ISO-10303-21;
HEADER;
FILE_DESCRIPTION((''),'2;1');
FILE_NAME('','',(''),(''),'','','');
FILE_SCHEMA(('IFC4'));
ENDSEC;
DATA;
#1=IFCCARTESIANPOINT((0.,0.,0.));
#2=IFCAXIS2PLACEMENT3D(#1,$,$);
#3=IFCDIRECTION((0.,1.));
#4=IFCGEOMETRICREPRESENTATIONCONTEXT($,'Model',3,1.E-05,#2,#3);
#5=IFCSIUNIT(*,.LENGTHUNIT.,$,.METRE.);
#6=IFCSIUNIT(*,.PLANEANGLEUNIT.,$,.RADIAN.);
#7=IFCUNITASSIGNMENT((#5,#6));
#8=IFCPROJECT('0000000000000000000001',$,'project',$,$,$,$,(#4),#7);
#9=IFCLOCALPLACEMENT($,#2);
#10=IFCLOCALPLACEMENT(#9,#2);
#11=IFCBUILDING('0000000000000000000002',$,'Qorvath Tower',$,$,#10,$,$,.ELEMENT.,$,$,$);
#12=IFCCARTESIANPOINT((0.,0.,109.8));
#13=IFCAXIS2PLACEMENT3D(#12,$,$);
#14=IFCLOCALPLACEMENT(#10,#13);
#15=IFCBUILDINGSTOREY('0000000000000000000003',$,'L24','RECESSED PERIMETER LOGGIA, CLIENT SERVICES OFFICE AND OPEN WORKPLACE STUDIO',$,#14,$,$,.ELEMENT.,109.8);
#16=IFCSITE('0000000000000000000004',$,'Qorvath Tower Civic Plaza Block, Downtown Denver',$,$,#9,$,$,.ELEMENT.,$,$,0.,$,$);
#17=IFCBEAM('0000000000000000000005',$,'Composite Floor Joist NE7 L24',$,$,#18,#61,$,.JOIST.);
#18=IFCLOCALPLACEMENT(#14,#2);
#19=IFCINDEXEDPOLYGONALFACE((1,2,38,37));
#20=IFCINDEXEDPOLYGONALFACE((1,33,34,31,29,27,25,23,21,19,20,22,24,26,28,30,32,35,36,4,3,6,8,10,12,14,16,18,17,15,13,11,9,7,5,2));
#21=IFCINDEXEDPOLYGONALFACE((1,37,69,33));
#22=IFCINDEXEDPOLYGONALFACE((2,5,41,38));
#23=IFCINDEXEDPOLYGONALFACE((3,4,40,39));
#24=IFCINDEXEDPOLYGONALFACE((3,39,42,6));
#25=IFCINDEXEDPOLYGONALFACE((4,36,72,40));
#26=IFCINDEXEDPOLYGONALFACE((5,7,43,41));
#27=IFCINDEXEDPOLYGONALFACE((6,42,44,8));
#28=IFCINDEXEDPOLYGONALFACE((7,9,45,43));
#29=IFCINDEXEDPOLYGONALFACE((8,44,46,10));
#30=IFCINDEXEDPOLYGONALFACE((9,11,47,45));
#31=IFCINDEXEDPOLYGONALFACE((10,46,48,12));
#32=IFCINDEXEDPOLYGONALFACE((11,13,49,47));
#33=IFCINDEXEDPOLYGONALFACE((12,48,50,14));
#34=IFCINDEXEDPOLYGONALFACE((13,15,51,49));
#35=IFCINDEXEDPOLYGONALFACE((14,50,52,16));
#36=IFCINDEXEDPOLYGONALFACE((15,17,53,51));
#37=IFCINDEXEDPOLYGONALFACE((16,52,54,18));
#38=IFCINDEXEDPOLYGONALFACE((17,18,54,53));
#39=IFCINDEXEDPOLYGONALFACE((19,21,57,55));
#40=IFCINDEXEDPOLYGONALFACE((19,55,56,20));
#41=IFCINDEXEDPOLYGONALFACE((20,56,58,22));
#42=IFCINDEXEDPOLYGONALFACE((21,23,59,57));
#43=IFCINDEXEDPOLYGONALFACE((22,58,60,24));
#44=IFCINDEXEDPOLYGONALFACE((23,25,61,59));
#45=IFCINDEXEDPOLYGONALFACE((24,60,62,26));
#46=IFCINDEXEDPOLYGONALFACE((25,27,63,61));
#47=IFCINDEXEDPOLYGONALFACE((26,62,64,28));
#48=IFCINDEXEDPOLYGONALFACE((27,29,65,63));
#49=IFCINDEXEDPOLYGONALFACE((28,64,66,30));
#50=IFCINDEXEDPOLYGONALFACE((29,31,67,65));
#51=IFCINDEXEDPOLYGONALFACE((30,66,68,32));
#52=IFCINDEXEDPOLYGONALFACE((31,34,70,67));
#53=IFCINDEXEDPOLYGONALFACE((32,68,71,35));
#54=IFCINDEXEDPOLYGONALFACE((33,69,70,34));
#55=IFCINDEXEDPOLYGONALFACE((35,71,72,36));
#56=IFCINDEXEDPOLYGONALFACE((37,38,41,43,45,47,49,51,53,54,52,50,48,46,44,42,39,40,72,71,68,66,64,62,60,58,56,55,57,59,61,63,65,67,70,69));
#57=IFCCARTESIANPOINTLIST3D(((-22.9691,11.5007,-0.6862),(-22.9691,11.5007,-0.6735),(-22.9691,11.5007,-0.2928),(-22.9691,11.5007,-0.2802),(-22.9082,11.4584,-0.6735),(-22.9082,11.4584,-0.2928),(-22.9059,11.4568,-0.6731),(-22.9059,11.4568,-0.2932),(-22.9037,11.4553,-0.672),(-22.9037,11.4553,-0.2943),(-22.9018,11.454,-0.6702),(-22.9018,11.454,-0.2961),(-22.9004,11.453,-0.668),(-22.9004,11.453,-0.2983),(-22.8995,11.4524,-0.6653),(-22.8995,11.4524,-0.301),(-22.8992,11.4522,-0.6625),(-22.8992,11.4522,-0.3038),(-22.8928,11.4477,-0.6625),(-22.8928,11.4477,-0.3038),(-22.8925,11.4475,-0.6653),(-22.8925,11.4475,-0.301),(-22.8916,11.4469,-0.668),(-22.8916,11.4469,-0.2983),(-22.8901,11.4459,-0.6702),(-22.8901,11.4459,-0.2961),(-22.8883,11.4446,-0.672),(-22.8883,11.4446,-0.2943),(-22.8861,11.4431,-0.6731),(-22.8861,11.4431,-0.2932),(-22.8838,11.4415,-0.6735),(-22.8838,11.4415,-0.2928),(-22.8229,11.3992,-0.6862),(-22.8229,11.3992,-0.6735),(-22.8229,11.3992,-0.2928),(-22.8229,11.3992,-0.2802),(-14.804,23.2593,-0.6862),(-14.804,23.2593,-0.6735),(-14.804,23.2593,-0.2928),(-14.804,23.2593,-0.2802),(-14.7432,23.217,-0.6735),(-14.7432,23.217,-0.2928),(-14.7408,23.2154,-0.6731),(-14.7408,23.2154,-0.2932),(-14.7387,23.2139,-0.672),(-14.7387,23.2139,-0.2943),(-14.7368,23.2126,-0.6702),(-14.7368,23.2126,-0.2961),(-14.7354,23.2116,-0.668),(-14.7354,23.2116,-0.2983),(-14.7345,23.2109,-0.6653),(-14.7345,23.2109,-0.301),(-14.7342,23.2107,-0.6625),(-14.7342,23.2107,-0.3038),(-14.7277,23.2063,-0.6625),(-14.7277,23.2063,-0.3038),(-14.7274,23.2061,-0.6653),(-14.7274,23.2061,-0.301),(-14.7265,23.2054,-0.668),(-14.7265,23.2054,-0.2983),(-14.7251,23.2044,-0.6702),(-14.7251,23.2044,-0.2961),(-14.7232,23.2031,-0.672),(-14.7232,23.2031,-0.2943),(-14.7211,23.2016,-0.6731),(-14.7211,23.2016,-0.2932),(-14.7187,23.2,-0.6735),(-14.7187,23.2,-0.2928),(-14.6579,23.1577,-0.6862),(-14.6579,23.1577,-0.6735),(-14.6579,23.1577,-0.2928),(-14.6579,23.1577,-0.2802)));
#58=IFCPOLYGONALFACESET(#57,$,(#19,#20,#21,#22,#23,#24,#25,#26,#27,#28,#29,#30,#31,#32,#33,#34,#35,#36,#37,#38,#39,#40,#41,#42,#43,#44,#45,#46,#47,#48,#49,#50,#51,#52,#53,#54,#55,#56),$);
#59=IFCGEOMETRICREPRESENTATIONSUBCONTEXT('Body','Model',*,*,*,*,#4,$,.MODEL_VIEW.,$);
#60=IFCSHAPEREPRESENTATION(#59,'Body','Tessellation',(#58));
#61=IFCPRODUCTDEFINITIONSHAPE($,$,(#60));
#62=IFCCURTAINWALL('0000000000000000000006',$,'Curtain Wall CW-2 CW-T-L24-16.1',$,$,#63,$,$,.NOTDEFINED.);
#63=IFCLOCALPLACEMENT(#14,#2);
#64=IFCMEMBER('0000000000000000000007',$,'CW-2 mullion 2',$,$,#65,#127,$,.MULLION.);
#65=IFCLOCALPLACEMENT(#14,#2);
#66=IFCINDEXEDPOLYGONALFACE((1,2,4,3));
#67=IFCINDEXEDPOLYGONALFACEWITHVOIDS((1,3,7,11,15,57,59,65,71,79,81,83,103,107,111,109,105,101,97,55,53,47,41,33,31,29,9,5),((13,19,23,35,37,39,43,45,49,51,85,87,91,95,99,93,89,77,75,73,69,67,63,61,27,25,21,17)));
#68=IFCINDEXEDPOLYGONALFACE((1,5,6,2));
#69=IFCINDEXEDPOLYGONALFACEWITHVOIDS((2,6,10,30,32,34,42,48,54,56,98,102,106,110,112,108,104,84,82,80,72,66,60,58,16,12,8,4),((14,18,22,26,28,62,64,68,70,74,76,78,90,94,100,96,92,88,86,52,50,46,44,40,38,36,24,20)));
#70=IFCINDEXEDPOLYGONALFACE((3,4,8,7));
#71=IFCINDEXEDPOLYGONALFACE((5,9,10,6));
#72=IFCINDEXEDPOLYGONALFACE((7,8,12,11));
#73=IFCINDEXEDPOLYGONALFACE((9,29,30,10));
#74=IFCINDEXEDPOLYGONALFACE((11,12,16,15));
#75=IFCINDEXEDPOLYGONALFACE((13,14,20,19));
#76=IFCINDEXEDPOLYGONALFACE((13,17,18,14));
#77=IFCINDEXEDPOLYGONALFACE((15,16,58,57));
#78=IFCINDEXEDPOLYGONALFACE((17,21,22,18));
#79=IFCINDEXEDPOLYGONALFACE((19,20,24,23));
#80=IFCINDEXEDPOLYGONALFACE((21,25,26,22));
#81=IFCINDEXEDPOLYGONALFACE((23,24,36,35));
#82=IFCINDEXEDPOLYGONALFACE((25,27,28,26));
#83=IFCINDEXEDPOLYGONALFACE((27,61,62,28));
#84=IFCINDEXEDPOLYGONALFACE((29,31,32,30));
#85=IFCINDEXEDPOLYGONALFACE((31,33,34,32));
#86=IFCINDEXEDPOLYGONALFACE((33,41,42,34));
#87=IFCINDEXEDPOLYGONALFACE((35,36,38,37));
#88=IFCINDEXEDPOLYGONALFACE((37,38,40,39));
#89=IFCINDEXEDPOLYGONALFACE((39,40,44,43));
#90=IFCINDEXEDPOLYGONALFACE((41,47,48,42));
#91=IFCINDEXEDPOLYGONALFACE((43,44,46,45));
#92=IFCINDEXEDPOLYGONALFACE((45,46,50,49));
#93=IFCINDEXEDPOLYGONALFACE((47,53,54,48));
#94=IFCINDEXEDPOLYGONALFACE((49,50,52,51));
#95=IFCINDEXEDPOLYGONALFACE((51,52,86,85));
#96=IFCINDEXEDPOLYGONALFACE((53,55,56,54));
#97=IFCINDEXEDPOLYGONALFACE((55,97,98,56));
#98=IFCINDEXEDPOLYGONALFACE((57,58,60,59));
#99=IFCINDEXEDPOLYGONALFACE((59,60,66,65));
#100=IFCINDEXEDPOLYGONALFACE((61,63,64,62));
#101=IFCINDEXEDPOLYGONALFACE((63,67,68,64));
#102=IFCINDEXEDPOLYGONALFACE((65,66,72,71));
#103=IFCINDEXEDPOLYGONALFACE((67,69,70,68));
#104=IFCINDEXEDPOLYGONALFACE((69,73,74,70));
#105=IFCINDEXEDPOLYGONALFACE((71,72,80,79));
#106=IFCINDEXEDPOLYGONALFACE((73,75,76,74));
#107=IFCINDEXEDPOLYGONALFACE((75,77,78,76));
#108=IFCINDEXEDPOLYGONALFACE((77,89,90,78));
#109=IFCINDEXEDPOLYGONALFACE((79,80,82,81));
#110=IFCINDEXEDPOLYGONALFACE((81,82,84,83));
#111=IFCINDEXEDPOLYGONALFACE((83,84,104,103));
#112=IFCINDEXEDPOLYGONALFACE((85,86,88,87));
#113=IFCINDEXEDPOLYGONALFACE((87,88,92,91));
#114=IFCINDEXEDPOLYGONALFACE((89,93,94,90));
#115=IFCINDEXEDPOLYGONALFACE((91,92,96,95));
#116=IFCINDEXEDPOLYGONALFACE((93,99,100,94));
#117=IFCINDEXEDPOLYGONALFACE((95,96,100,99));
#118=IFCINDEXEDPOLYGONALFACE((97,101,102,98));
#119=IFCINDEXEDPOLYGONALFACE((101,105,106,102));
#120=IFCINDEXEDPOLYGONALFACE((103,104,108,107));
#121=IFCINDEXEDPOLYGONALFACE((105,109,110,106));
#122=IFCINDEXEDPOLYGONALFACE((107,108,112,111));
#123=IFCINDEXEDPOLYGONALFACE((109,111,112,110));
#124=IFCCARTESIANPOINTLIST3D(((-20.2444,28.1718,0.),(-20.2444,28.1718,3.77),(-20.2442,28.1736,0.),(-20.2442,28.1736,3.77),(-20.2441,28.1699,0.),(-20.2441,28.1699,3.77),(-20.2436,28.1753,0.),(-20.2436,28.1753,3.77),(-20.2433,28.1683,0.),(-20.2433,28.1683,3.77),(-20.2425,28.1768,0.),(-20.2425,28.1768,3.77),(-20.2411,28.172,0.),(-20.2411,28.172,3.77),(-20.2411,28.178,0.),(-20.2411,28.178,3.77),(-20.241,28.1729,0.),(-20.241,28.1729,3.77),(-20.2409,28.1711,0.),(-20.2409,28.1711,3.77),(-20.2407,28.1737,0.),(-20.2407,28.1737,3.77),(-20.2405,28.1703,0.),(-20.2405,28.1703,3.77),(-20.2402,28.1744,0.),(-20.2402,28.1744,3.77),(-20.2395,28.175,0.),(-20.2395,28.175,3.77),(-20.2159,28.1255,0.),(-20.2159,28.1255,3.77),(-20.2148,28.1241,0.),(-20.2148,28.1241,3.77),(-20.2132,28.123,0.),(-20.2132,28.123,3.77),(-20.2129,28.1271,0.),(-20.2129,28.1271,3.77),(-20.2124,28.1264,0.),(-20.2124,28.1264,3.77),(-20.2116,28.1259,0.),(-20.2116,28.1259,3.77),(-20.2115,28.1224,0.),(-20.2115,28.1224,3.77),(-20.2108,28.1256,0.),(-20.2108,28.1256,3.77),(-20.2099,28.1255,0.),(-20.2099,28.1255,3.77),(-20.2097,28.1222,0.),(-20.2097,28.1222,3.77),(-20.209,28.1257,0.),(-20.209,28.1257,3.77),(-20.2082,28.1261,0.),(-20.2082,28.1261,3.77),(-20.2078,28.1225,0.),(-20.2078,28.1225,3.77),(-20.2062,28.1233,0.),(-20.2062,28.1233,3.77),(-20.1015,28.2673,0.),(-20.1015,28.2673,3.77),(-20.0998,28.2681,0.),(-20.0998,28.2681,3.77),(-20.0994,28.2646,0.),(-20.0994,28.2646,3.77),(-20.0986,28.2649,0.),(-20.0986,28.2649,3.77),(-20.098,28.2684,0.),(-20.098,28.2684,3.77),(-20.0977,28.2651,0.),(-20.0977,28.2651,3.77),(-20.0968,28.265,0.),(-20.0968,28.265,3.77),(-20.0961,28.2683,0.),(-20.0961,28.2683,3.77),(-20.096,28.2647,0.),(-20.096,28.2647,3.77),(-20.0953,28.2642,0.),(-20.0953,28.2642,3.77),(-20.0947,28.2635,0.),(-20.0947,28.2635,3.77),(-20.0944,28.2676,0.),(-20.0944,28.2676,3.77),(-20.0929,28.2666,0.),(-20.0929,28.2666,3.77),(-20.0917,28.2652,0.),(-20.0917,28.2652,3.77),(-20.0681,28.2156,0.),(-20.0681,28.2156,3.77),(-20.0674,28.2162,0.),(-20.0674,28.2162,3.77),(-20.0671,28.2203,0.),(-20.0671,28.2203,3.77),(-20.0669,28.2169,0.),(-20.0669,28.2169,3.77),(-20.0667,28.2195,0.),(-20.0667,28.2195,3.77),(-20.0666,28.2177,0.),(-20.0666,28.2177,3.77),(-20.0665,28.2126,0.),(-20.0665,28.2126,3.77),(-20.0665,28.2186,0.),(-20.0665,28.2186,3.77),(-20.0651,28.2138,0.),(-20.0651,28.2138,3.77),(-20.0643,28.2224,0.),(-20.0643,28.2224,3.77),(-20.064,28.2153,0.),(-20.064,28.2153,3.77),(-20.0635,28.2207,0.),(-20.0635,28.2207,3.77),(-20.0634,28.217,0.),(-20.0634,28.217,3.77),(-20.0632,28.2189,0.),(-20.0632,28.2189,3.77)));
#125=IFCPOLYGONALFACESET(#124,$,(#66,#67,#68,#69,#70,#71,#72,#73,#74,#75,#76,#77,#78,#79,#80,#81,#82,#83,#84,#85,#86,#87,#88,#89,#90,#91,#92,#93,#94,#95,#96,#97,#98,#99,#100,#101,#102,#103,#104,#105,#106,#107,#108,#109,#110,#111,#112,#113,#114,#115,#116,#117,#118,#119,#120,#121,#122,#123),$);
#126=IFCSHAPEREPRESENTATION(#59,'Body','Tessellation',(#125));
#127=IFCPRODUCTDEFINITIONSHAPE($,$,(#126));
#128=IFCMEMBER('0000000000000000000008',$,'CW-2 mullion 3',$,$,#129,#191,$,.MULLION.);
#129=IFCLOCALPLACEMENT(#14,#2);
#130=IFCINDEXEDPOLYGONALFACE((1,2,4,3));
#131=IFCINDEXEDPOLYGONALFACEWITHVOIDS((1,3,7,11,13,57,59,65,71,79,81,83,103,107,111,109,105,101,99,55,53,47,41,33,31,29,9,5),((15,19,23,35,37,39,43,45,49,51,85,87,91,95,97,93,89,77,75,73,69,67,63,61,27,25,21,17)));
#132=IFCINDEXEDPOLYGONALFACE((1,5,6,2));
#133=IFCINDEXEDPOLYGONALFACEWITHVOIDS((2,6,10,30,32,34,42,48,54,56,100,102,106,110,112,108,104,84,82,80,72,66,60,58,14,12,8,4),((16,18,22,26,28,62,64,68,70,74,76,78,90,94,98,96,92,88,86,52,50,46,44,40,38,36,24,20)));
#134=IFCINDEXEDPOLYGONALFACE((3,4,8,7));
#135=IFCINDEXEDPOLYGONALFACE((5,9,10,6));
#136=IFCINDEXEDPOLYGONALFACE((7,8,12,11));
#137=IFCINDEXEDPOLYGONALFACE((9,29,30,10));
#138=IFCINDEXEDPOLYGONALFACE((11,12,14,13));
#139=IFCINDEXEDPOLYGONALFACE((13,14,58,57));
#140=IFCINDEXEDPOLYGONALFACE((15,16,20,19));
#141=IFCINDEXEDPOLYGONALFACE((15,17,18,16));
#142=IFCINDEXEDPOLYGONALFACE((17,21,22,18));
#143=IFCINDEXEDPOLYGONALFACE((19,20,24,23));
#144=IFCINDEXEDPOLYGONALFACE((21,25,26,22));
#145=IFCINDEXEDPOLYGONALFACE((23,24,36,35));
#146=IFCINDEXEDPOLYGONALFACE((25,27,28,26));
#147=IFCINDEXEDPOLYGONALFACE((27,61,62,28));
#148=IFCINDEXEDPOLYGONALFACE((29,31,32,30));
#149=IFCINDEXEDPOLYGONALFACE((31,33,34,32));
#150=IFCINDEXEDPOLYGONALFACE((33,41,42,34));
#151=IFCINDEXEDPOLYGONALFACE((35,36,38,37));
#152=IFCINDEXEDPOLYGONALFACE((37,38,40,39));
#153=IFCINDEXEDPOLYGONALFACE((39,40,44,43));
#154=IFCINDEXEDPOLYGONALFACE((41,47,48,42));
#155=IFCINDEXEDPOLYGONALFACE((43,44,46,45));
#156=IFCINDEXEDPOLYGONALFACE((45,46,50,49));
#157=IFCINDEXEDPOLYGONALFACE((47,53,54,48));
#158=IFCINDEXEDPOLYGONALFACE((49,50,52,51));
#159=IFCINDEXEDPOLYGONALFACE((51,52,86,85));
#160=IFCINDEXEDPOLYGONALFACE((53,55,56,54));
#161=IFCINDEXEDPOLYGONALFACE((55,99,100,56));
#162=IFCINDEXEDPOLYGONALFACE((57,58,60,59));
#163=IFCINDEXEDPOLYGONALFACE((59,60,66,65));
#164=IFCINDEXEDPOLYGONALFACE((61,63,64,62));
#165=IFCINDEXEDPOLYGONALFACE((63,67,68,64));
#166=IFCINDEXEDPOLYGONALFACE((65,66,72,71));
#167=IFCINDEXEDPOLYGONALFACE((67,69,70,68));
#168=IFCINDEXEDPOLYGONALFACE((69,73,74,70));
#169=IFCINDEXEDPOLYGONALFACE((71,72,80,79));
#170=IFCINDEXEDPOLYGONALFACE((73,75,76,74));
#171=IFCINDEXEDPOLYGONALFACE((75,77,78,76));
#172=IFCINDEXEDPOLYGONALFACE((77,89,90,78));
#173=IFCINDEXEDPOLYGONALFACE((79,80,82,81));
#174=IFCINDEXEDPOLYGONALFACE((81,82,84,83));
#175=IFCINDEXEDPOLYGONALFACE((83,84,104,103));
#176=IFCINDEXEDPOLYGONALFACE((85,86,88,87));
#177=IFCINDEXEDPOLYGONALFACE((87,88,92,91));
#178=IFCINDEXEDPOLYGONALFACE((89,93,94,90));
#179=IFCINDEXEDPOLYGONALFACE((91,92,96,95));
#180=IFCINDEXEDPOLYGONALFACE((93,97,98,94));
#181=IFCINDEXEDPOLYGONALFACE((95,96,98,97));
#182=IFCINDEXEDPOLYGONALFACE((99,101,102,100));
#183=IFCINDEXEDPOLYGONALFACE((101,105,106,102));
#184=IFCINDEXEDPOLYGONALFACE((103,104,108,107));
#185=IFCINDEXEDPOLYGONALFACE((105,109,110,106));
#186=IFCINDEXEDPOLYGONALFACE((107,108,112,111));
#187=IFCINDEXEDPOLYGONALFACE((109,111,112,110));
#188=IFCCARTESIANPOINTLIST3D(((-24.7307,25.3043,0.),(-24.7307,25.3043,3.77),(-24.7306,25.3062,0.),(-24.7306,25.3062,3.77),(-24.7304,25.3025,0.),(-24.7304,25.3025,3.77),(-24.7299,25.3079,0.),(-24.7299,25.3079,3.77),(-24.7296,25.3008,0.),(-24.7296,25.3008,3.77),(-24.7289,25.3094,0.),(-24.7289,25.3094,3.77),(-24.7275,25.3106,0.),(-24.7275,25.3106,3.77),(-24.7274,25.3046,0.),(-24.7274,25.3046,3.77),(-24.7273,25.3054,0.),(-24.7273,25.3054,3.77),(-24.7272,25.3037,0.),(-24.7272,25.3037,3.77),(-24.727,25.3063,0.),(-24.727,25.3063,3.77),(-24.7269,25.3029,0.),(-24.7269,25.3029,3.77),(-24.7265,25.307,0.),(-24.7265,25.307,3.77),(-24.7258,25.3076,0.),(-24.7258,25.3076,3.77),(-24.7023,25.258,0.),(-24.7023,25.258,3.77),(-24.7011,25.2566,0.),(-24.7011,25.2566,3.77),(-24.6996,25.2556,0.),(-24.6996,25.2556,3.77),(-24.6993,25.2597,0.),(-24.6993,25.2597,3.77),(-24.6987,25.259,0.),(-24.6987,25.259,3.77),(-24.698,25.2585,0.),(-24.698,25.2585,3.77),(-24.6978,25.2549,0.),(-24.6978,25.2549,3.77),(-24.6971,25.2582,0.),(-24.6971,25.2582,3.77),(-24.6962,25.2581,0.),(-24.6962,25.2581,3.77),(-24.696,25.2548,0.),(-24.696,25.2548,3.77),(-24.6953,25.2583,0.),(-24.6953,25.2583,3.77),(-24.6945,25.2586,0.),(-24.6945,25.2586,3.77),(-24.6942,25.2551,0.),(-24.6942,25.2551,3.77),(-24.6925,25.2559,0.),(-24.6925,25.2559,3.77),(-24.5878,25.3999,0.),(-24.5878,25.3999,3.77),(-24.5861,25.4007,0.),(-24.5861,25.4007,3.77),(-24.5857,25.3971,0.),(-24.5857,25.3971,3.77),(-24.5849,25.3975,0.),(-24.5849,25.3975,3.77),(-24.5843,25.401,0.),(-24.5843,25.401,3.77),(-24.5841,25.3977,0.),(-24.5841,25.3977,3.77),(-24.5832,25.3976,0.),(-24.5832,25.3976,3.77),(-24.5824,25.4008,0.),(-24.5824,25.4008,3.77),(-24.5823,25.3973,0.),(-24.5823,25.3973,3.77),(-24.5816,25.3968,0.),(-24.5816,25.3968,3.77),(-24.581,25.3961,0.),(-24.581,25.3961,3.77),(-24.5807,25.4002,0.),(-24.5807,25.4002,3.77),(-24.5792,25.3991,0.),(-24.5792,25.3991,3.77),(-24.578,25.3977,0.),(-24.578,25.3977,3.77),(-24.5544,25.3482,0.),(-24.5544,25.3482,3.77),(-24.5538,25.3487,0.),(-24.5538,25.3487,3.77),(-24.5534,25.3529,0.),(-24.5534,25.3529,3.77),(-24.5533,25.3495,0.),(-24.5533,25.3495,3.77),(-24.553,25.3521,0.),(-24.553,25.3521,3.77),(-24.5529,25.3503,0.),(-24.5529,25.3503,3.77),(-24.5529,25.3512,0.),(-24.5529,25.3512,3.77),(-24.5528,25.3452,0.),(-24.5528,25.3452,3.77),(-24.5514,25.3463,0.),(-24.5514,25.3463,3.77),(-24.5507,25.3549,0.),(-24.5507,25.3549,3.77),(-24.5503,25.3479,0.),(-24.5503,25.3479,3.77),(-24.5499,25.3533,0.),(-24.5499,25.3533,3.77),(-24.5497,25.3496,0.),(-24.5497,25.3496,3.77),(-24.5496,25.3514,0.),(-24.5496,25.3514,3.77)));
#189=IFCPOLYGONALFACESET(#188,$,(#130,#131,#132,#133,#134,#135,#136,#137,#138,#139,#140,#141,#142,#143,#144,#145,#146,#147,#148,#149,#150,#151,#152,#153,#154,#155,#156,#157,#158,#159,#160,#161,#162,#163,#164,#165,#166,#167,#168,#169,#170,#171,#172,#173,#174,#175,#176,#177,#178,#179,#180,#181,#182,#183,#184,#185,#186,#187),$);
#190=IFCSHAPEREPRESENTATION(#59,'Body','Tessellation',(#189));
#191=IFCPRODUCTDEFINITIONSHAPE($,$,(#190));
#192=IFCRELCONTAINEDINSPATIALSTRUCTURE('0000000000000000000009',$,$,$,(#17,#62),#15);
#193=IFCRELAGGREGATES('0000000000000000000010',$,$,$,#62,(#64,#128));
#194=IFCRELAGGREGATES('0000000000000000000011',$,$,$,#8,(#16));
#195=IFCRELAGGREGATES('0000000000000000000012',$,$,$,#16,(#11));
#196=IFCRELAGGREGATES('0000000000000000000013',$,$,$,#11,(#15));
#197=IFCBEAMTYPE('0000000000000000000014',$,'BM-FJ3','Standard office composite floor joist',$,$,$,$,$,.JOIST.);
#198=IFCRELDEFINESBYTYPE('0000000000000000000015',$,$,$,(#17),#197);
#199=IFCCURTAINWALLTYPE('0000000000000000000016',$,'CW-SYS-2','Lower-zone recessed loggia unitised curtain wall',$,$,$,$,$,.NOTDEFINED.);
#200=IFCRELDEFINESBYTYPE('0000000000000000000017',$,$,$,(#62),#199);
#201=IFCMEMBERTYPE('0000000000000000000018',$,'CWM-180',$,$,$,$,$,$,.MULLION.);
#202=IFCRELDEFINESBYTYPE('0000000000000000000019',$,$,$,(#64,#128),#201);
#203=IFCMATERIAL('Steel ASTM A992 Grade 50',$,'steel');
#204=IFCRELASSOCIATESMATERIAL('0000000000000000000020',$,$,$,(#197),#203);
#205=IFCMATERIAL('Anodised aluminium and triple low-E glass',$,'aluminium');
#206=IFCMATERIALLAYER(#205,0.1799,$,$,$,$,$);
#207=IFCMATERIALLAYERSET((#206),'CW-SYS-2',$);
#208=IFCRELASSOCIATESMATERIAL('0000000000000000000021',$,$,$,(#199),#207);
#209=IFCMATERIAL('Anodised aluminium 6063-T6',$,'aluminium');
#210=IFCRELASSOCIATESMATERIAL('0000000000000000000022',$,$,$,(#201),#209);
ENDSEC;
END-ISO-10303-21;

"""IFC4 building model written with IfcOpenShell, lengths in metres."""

from ifc_helpers import new_model, si_unit, direction, frame, origin, origin_2d, place, context, subcontext, project, spatial, hollow_rectangle, i_section, extrude, material, layer, layer_set, material_profile, profile_set, type_object, element, aggregate, save


model = new_model("IFC4")

# Units and contexts
model_context = context("Model", 3, precision=1e-05, world=origin(), true_north=direction((0.0, 1.0)))
body_context = subcontext(model_context, "Body", "Model", "MODEL_VIEW")
ifc_project = project(units=[si_unit("LENGTHUNIT", "METRE"), si_unit("PLANEANGLEUNIT", "RADIAN")], contexts=[model_context])

# Site, building, storey
site_placement = place(None, origin())
site = spatial("IfcSite", under=ifc_project, at=site_placement, Name="Qorvath Tower Civic Plaza Block, Downtown Denver", CompositionType="ELEMENT", RefElevation=0.0)
building_placement = place(site_placement, origin())
building = spatial("IfcBuilding", under=site, at=building_placement, Name="Qorvath Tower", CompositionType="ELEMENT")
storey_placement = place(building_placement, frame((0.0, 0.0, 109.8)))
storey = spatial("IfcBuildingStorey", under=building, at=storey_placement, Name="L24", Description="RECESSED PERIMETER LOGGIA, CLIENT SERVICES OFFICE AND OPEN WORKPLACE STUDIO", CompositionType="ELEMENT", Elevation=109.8)

# Beam
ifc_material_1 = material(Name="Steel ASTM A992 Grade 50", Category="steel")
ifc_material_profile_1 = material_profile(ifc_material_1, i_section(OverallWidth=0.178, OverallDepth=0.406, WebThickness=0.0078, FlangeThickness=0.0127, FilletRadius=0.011, at=origin_2d()), Name="W16x40")
ifc_profile_set_1 = profile_set([ifc_material_profile_1], Name="Steel ASTM A992 Grade 50")
beam_type_1 = type_object("IfcBeamType", Name="BM-FJ3", Description="Standard office composite floor joist", PredefinedType="JOIST", material=ifc_profile_set_1)
beam_1_placement = place(storey_placement, frame((-22.896, 11.45, -0.4832), z_axis=(0.570367, 0.82139, 0.0), x_axis=(-0.82139, 0.570367, 0.0)))
element("IfcBeam", 1, at=beam_1_placement, inside=storey, type_object=beam_type_1, Name="Composite Floor Joist NE7 L24", PredefinedType="JOIST", context=body_context, shape_type="SweptSolid", body=[
    extrude(i_section(OverallWidth=0.178, OverallDepth=0.406, WebThickness=0.0078, FlangeThickness=0.0127, FilletRadius=0.011, at=origin_2d()), origin(), (0.0, 0.0, 1.0), 14.3154),
])

# Curtain wall, members
ifc_material_2 = material(Name="Anodised aluminium and triple low-E glass", Category="aluminium")
ifc_layer_1 = layer(ifc_material_2, 0.1799)
ifc_layer_set_1 = layer_set([ifc_layer_1], Name="CW-SYS-2")
curtain_wall_type = type_object("IfcCurtainWallType", Name="CW-SYS-2", Description="Lower-zone recessed loggia unitised curtain wall", PredefinedType="NOTDEFINED", material=ifc_layer_set_1)
curtain_wall_1_placement = place(storey_placement, origin())
curtain_wall_1 = element("IfcCurtainWall", 2, at=curtain_wall_1_placement, inside=storey, type_object=curtain_wall_type, Name="Curtain Wall CW-2 CW-T-L24-16.1", PredefinedType="NOTDEFINED")
ifc_material_3 = material(Name="Anodised aluminium 6063-T6", Category="aluminium")
ifc_material_profile_2 = material_profile(ifc_material_3, hollow_rectangle(XDim=0.0649, YDim=0.1799, WallThickness=0.0034, InnerFilletRadius=0.0034, OuterFilletRadius=0.0071, at=origin_2d()), Name="CWM 180x65")
ifc_profile_set_2 = profile_set([ifc_material_profile_2], Name="Anodised aluminium 6063-T6")
member_type_1 = type_object("IfcMemberType", Name="CWM-180", PredefinedType="MULLION", material=ifc_profile_set_2)
member_1_placement = place(storey_placement, frame((-20.1538, 28.1953, 0.0), z_axis=(0.0, 0.0, 1.0), x_axis=(0.538533, -0.842604, 0.0)))
member_1 = element("IfcMember", 3, at=member_1_placement, type_object=member_type_1, Name="CW-2 mullion 2", PredefinedType="MULLION", context=body_context, shape_type="SweptSolid", body=[
    extrude(hollow_rectangle(XDim=0.0649, YDim=0.1799, WallThickness=0.0034, InnerFilletRadius=0.0034, OuterFilletRadius=0.0071, at=origin_2d()), origin(), (0.0, 0.0, 1.0), 3.77),
])
member_2_placement = place(storey_placement, frame((-24.6401, 25.3279, 0.0), z_axis=(0.0, 0.0, 1.0), x_axis=(0.538533, -0.842604, 0.0)))
member_2 = element("IfcMember", 4, at=member_2_placement, type_object=member_type_1, Name="CW-2 mullion 3", PredefinedType="MULLION", context=body_context, shape_type="SweptSolid", body=[
    extrude(hollow_rectangle(XDim=0.0649, YDim=0.1799, WallThickness=0.0034, InnerFilletRadius=0.0034, OuterFilletRadius=0.0071, at=origin_2d()), origin(), (0.0, 0.0, 1.0), 3.77),
])

aggregate(curtain_wall_1, [member_1, member_2])

save(model, "model.ifc")
